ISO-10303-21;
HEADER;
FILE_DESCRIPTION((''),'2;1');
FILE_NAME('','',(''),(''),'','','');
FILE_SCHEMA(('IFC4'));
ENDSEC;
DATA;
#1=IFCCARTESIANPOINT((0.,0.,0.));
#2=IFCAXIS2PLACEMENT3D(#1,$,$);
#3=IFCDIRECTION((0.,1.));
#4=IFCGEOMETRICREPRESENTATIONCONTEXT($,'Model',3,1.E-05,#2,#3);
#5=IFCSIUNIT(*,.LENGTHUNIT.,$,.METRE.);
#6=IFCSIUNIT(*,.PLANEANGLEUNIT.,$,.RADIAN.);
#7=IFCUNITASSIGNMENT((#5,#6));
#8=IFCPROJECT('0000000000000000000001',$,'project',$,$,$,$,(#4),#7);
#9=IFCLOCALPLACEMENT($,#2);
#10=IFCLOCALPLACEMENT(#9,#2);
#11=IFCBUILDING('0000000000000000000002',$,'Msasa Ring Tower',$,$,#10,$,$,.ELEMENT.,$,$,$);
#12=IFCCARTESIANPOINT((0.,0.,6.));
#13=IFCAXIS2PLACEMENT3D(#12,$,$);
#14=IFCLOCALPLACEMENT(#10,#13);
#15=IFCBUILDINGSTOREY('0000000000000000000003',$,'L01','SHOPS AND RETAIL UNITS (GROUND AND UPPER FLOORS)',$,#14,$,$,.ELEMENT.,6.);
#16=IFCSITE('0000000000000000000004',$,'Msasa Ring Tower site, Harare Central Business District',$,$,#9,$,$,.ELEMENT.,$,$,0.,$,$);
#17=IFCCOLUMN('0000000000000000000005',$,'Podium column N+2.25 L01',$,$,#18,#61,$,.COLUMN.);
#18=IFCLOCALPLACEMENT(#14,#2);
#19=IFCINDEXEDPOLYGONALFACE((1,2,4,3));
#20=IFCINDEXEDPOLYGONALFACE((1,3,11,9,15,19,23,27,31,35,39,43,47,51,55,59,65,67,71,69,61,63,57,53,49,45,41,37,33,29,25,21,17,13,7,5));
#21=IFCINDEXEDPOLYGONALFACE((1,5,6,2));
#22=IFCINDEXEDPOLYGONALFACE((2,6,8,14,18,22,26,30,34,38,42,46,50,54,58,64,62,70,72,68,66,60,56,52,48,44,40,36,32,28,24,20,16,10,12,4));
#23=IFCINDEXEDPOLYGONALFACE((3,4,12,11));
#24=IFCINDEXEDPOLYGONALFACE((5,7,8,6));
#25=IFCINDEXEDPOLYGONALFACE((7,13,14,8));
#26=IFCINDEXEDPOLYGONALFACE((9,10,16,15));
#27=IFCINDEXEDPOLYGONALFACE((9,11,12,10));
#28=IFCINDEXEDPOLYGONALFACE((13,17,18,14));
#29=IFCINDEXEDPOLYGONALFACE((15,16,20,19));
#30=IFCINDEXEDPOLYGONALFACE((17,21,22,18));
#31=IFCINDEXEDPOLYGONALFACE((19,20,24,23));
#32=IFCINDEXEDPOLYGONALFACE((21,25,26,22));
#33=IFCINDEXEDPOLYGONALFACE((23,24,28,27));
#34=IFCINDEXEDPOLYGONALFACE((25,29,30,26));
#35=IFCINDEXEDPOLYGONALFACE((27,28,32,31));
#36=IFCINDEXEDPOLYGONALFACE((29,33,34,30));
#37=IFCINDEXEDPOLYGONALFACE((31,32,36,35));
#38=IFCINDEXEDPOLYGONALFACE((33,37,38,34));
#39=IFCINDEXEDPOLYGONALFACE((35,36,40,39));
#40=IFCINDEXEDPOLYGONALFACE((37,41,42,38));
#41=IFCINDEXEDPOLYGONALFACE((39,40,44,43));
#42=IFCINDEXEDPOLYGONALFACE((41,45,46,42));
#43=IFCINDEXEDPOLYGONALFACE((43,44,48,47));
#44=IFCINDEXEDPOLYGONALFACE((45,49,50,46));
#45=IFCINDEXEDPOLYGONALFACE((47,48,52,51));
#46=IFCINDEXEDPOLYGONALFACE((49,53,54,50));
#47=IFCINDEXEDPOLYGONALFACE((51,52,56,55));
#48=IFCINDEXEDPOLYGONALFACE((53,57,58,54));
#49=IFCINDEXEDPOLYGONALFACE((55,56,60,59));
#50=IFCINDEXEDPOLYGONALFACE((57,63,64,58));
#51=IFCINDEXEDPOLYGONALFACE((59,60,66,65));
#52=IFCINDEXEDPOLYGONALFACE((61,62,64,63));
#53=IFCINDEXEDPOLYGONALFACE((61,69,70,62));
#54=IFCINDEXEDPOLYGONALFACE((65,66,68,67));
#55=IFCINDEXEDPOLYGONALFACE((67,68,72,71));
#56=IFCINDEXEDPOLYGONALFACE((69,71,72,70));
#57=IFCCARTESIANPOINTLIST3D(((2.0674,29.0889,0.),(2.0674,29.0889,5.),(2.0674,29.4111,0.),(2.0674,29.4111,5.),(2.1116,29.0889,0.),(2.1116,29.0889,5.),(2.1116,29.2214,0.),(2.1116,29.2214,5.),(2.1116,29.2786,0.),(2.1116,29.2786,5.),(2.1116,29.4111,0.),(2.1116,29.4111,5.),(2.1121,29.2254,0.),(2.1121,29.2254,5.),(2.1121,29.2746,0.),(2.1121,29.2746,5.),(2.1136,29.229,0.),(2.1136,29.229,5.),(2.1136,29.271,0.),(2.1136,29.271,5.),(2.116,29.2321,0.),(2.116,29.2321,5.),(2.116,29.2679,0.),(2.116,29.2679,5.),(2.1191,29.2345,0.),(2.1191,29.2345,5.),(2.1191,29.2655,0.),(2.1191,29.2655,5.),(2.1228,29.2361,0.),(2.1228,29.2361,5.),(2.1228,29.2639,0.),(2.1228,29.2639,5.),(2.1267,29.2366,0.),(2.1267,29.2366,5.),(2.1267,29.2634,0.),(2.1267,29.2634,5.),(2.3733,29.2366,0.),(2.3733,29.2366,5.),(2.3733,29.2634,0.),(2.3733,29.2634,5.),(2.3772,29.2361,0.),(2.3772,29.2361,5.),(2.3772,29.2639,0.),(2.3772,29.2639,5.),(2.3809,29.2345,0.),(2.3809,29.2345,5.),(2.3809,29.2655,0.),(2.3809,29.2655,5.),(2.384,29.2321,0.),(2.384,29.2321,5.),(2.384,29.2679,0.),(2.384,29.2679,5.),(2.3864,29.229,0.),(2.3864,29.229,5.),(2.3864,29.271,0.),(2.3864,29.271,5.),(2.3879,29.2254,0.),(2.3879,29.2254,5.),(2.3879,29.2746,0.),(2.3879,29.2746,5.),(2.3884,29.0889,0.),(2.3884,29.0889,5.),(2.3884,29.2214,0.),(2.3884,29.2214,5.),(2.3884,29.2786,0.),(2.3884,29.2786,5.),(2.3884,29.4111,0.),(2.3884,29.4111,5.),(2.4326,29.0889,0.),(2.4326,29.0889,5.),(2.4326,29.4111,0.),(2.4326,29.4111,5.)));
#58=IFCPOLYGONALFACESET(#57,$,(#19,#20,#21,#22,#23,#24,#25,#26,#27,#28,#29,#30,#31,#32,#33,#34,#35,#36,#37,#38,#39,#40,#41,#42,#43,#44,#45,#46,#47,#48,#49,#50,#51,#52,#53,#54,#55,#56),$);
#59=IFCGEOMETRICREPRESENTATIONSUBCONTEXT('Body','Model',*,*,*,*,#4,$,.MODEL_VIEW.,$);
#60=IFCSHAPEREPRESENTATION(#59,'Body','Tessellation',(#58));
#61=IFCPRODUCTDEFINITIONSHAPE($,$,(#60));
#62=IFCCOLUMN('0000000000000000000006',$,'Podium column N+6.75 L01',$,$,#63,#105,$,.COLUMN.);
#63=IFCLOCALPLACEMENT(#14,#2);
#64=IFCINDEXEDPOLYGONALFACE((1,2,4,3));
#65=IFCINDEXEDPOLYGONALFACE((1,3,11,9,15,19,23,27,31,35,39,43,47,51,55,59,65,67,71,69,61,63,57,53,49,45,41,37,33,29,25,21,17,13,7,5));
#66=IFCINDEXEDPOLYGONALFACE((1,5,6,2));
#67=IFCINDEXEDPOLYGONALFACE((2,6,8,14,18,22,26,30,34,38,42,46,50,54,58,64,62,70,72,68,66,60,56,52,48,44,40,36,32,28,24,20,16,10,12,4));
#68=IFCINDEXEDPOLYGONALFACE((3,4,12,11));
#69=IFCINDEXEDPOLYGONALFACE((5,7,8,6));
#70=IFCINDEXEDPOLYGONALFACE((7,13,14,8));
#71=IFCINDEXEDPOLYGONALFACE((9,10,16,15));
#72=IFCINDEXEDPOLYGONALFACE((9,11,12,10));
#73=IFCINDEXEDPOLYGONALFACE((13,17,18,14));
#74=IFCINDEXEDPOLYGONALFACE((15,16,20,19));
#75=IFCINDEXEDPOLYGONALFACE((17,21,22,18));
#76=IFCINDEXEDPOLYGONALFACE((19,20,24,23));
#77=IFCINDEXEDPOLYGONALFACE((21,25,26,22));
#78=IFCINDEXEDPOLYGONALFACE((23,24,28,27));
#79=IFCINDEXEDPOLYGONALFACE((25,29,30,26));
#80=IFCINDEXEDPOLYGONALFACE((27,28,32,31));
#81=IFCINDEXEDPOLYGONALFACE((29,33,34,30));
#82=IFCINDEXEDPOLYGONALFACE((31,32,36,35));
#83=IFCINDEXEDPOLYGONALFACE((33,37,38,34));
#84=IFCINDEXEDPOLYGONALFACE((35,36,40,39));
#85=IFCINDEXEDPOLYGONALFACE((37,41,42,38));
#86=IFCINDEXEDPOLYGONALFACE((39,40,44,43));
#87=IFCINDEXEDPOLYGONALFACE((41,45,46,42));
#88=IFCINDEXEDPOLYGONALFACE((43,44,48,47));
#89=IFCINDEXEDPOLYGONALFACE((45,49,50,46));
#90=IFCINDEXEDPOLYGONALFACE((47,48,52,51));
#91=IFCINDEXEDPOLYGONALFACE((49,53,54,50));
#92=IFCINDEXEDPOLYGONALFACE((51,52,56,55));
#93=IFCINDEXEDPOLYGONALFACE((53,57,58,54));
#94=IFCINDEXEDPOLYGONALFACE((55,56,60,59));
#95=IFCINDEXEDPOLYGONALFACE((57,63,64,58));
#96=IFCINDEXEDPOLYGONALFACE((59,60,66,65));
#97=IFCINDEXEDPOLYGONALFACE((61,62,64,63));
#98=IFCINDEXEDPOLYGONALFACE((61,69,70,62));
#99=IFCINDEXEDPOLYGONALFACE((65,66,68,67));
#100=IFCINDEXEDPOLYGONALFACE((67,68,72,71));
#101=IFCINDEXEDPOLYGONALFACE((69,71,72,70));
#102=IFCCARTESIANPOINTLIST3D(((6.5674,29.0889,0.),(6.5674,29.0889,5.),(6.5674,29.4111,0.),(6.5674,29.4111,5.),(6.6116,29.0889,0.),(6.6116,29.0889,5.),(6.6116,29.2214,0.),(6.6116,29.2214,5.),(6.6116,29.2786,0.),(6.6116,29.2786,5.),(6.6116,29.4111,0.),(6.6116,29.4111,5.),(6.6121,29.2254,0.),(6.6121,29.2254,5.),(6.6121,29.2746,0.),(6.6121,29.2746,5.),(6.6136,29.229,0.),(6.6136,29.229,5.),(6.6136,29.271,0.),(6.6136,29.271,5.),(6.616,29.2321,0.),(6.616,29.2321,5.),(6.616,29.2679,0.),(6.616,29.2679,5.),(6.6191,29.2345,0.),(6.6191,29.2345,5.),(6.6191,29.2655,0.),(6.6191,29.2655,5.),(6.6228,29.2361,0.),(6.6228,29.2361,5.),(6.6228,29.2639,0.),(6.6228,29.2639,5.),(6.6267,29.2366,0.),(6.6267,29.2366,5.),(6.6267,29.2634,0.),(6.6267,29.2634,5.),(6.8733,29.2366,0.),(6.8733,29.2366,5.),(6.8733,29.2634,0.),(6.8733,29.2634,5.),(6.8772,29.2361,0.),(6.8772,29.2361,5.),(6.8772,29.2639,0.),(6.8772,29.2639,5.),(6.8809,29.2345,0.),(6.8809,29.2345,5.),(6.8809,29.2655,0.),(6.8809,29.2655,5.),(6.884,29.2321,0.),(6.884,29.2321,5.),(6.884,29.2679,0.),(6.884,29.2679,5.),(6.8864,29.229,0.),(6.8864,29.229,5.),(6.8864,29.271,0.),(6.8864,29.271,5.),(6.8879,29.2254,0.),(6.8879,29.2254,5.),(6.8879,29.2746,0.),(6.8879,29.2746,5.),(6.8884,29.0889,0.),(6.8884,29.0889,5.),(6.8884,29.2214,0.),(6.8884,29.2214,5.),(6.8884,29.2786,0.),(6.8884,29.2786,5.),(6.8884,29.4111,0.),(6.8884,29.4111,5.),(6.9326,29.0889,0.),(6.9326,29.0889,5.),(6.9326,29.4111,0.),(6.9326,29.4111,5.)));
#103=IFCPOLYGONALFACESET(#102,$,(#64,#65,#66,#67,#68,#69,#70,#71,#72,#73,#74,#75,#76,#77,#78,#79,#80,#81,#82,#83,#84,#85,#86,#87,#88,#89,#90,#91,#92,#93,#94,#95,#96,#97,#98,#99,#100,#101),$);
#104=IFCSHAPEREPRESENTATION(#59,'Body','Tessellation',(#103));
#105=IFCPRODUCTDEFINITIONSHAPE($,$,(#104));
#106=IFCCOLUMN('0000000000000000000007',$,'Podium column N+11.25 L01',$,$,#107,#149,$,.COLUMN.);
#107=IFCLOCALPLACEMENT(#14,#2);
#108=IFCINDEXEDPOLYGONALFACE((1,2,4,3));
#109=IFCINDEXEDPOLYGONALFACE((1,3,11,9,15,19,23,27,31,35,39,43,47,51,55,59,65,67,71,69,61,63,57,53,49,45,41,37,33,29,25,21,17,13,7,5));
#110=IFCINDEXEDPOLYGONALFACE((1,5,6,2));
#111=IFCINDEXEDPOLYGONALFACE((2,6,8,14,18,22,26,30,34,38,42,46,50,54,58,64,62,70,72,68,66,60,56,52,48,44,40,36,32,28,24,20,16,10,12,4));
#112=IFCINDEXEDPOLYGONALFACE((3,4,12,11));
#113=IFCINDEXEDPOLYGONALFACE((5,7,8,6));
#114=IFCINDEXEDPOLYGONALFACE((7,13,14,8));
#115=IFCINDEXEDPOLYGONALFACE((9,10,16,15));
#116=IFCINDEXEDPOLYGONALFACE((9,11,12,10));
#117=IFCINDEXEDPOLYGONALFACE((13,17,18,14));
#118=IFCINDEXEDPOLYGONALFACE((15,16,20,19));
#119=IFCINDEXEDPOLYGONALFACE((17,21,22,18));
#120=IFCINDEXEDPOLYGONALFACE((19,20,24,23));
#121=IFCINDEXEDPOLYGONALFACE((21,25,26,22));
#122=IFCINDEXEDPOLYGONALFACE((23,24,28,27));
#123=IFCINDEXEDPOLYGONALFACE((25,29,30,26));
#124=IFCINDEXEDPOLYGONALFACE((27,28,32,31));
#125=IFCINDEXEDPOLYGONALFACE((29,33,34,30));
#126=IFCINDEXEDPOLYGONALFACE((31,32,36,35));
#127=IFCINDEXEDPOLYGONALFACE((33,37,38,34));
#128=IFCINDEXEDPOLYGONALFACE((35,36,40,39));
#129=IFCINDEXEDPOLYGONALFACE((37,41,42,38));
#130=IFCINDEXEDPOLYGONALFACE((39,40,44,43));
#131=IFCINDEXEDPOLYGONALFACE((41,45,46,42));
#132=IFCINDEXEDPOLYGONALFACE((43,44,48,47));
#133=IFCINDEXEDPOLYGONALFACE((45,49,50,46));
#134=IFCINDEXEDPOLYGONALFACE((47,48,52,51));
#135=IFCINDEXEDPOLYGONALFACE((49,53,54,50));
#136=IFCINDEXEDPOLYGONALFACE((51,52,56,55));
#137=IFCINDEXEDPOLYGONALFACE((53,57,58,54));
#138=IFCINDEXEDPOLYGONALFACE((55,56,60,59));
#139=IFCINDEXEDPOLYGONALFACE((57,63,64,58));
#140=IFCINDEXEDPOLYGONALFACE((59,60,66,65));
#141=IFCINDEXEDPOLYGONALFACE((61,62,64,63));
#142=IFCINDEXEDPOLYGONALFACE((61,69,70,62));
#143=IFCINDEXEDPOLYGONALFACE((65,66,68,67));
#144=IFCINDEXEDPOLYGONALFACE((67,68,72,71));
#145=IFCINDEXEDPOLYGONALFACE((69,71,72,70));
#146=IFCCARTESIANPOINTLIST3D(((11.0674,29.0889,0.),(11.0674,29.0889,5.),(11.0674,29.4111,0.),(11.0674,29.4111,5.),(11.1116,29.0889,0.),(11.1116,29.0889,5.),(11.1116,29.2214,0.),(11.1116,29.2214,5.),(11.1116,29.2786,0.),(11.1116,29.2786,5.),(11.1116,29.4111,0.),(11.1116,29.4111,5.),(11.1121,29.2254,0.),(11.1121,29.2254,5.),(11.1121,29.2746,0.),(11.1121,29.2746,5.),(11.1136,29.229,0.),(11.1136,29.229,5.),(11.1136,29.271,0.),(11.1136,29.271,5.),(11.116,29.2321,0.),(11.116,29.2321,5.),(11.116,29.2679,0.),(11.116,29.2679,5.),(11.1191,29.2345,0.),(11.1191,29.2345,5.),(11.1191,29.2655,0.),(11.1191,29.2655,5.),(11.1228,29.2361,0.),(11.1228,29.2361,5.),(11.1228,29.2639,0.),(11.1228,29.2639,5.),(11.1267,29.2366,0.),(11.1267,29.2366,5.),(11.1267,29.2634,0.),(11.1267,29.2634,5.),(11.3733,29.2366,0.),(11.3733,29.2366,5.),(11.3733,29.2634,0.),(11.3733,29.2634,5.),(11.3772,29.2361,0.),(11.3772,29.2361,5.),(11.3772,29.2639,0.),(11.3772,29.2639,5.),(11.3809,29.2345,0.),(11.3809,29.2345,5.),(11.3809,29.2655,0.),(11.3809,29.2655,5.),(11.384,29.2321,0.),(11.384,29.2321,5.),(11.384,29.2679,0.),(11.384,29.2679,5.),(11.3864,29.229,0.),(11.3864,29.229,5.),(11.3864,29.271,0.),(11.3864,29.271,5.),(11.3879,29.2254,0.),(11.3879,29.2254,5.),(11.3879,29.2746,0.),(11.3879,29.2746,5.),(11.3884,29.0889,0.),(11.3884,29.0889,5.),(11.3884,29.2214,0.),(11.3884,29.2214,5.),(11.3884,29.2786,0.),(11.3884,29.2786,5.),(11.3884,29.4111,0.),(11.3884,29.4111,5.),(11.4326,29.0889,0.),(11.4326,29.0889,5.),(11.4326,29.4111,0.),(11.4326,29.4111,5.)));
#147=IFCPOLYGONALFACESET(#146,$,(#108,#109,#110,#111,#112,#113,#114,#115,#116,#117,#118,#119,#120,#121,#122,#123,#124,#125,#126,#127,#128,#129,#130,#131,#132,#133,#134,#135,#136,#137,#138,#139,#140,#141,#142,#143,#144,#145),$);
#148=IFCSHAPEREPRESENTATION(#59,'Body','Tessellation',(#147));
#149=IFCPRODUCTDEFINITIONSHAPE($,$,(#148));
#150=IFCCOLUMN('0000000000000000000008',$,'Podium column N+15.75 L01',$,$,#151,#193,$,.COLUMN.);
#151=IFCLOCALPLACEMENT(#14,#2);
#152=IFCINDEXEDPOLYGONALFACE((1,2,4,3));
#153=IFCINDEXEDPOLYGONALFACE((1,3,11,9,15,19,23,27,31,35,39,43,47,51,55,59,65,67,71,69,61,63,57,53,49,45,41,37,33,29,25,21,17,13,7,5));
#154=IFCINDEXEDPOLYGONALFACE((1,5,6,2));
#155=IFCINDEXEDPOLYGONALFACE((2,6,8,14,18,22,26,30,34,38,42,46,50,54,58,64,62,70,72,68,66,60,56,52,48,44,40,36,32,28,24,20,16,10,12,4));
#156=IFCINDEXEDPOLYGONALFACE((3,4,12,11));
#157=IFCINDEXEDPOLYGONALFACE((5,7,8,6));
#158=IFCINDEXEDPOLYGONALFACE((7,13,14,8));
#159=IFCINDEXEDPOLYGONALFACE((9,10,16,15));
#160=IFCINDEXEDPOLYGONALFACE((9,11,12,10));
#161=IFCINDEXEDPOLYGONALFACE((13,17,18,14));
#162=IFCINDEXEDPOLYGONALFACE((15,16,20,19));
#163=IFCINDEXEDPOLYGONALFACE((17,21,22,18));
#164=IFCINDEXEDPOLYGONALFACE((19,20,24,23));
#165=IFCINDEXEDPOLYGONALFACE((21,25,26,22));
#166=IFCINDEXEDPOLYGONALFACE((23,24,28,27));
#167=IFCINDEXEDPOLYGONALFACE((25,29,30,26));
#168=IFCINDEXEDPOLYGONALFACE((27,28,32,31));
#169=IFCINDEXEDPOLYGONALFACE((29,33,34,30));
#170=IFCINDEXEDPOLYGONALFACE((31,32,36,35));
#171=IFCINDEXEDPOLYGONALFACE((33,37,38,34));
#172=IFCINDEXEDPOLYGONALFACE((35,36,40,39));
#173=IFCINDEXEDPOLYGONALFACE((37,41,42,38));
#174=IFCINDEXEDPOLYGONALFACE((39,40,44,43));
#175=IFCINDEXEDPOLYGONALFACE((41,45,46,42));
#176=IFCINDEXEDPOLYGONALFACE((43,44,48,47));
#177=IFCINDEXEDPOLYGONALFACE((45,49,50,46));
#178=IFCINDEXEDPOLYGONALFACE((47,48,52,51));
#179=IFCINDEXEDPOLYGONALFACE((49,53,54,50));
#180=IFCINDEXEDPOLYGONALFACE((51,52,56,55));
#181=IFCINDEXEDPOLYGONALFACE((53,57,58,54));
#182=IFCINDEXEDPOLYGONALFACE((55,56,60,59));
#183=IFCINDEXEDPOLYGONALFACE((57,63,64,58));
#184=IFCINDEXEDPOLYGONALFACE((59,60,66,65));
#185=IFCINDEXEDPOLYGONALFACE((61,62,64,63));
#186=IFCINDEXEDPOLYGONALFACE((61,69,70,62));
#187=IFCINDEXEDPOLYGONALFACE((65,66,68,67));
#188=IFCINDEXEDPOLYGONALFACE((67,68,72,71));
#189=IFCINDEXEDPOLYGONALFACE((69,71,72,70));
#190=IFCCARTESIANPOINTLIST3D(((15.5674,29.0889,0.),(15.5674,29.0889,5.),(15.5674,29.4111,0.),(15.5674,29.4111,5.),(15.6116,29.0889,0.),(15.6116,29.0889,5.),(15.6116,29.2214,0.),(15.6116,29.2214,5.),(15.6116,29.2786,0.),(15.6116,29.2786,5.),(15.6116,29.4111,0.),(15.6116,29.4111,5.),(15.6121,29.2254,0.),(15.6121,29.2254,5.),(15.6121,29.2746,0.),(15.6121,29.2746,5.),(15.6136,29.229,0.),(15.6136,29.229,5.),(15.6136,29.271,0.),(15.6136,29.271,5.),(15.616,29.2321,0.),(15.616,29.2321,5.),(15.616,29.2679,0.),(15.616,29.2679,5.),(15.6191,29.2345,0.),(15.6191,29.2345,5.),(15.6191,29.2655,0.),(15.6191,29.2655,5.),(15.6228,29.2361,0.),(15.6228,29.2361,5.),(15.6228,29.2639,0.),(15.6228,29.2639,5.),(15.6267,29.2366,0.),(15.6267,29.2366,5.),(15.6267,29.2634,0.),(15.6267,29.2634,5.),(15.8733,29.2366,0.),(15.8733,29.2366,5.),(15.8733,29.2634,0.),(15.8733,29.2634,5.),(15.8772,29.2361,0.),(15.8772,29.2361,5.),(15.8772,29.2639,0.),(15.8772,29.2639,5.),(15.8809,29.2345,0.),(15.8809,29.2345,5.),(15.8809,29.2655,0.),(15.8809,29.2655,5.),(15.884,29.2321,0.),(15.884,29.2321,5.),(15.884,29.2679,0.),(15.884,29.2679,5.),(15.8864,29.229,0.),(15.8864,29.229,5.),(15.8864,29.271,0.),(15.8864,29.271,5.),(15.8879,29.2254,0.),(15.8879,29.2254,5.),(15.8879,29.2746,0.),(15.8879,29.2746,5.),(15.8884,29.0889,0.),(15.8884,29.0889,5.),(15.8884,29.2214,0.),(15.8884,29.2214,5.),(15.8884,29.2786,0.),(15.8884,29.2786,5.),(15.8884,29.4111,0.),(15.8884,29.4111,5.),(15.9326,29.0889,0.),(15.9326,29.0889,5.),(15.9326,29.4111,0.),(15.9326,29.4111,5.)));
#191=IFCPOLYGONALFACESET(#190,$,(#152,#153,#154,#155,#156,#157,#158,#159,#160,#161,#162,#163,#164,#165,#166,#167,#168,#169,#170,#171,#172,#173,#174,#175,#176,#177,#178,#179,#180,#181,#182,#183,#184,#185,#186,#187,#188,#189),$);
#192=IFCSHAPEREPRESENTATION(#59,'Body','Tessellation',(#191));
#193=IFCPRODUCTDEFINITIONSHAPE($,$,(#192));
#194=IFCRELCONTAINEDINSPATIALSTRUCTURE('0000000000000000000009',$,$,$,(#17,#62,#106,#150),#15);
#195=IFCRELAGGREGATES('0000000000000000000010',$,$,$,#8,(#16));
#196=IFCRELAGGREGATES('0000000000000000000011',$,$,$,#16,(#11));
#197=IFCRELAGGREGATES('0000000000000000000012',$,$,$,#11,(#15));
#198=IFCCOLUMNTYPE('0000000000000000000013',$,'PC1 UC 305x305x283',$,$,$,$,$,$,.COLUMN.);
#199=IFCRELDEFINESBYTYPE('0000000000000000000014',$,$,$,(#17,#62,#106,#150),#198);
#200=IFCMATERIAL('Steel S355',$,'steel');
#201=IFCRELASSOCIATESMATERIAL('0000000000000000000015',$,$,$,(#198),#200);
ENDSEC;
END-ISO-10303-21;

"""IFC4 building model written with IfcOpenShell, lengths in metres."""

from ifc_helpers import new_model, si_unit, direction, frame, origin, origin_2d, place, context, subcontext, project, spatial, i_section, extrude, material, material_profile, profile_set, type_object, element, save


model = new_model("IFC4")

# Units and contexts
model_context = context("Model", 3, precision=1e-05, world=origin(), true_north=direction((0.0, 1.0)))
body_context = subcontext(model_context, "Body", "Model", "MODEL_VIEW")
ifc_project = project(units=[si_unit("LENGTHUNIT", "METRE"), si_unit("PLANEANGLEUNIT", "RADIAN")], contexts=[model_context])

# Site, building, storey
site_placement = place(None, origin())
site = spatial("IfcSite", under=ifc_project, at=site_placement, Name="Msasa Ring Tower site, Harare Central Business District", CompositionType="ELEMENT", RefElevation=0.0)
building_placement = place(site_placement, origin())
building = spatial("IfcBuilding", under=site, at=building_placement, Name="Msasa Ring Tower", CompositionType="ELEMENT")
storey_placement = place(building_placement, frame((0.0, 0.0, 6.0)))
storey = spatial("IfcBuildingStorey", under=building, at=storey_placement, Name="L01", Description="SHOPS AND RETAIL UNITS (GROUND AND UPPER FLOORS)", CompositionType="ELEMENT", Elevation=6.0)

# Columns
ifc_material_1 = material(Name="Steel S355", Category="steel")
ifc_material_profile_1 = material_profile(ifc_material_1, i_section(OverallWidth=0.3223, OverallDepth=0.3652, WebThickness=0.0269, FlangeThickness=0.0442, FilletRadius=0.0151, at=origin_2d()), Name="UC 305x305x283")
ifc_profile_set_1 = profile_set([ifc_material_profile_1], Name="Steel S355")
column_type = type_object("IfcColumnType", Name="PC1 UC 305x305x283", PredefinedType="COLUMN", material=ifc_profile_set_1)
for number, where, z_axis, x_axis, name in (
    (1, (2.25, 29.25, 0.0), (0.0, 0.0, 1.0), (0.0, 1.0, 0.0), "Podium column N+2.25 L01"),
    (2, (6.75, 29.25, 0.0), (0.0, 0.0, 1.0), (0.0, 1.0, 0.0), "Podium column N+6.75 L01"),
    (3, (11.25, 29.25, 0.0), (0.0, 0.0, 1.0), (0.0, 1.0, 0.0), "Podium column N+11.25 L01"),
    (4, (15.75, 29.25, 0.0), (0.0, 0.0, 1.0), (0.0, 1.0, 0.0), "Podium column N+15.75 L01"),
):
    element("IfcColumn", number, at=place(storey_placement, frame(where, z_axis=z_axis, x_axis=x_axis)), inside=storey, type_object=column_type, Name=name, PredefinedType="COLUMN", context=body_context, shape_type="SweptSolid", body=[
        extrude(i_section(OverallWidth=0.3223, OverallDepth=0.3652, WebThickness=0.0269, FlangeThickness=0.0442, FilletRadius=0.0151, at=origin_2d()), origin(), (0.0, 0.0, 1.0), 5.0),
    ])

save(model, "model.ifc")
